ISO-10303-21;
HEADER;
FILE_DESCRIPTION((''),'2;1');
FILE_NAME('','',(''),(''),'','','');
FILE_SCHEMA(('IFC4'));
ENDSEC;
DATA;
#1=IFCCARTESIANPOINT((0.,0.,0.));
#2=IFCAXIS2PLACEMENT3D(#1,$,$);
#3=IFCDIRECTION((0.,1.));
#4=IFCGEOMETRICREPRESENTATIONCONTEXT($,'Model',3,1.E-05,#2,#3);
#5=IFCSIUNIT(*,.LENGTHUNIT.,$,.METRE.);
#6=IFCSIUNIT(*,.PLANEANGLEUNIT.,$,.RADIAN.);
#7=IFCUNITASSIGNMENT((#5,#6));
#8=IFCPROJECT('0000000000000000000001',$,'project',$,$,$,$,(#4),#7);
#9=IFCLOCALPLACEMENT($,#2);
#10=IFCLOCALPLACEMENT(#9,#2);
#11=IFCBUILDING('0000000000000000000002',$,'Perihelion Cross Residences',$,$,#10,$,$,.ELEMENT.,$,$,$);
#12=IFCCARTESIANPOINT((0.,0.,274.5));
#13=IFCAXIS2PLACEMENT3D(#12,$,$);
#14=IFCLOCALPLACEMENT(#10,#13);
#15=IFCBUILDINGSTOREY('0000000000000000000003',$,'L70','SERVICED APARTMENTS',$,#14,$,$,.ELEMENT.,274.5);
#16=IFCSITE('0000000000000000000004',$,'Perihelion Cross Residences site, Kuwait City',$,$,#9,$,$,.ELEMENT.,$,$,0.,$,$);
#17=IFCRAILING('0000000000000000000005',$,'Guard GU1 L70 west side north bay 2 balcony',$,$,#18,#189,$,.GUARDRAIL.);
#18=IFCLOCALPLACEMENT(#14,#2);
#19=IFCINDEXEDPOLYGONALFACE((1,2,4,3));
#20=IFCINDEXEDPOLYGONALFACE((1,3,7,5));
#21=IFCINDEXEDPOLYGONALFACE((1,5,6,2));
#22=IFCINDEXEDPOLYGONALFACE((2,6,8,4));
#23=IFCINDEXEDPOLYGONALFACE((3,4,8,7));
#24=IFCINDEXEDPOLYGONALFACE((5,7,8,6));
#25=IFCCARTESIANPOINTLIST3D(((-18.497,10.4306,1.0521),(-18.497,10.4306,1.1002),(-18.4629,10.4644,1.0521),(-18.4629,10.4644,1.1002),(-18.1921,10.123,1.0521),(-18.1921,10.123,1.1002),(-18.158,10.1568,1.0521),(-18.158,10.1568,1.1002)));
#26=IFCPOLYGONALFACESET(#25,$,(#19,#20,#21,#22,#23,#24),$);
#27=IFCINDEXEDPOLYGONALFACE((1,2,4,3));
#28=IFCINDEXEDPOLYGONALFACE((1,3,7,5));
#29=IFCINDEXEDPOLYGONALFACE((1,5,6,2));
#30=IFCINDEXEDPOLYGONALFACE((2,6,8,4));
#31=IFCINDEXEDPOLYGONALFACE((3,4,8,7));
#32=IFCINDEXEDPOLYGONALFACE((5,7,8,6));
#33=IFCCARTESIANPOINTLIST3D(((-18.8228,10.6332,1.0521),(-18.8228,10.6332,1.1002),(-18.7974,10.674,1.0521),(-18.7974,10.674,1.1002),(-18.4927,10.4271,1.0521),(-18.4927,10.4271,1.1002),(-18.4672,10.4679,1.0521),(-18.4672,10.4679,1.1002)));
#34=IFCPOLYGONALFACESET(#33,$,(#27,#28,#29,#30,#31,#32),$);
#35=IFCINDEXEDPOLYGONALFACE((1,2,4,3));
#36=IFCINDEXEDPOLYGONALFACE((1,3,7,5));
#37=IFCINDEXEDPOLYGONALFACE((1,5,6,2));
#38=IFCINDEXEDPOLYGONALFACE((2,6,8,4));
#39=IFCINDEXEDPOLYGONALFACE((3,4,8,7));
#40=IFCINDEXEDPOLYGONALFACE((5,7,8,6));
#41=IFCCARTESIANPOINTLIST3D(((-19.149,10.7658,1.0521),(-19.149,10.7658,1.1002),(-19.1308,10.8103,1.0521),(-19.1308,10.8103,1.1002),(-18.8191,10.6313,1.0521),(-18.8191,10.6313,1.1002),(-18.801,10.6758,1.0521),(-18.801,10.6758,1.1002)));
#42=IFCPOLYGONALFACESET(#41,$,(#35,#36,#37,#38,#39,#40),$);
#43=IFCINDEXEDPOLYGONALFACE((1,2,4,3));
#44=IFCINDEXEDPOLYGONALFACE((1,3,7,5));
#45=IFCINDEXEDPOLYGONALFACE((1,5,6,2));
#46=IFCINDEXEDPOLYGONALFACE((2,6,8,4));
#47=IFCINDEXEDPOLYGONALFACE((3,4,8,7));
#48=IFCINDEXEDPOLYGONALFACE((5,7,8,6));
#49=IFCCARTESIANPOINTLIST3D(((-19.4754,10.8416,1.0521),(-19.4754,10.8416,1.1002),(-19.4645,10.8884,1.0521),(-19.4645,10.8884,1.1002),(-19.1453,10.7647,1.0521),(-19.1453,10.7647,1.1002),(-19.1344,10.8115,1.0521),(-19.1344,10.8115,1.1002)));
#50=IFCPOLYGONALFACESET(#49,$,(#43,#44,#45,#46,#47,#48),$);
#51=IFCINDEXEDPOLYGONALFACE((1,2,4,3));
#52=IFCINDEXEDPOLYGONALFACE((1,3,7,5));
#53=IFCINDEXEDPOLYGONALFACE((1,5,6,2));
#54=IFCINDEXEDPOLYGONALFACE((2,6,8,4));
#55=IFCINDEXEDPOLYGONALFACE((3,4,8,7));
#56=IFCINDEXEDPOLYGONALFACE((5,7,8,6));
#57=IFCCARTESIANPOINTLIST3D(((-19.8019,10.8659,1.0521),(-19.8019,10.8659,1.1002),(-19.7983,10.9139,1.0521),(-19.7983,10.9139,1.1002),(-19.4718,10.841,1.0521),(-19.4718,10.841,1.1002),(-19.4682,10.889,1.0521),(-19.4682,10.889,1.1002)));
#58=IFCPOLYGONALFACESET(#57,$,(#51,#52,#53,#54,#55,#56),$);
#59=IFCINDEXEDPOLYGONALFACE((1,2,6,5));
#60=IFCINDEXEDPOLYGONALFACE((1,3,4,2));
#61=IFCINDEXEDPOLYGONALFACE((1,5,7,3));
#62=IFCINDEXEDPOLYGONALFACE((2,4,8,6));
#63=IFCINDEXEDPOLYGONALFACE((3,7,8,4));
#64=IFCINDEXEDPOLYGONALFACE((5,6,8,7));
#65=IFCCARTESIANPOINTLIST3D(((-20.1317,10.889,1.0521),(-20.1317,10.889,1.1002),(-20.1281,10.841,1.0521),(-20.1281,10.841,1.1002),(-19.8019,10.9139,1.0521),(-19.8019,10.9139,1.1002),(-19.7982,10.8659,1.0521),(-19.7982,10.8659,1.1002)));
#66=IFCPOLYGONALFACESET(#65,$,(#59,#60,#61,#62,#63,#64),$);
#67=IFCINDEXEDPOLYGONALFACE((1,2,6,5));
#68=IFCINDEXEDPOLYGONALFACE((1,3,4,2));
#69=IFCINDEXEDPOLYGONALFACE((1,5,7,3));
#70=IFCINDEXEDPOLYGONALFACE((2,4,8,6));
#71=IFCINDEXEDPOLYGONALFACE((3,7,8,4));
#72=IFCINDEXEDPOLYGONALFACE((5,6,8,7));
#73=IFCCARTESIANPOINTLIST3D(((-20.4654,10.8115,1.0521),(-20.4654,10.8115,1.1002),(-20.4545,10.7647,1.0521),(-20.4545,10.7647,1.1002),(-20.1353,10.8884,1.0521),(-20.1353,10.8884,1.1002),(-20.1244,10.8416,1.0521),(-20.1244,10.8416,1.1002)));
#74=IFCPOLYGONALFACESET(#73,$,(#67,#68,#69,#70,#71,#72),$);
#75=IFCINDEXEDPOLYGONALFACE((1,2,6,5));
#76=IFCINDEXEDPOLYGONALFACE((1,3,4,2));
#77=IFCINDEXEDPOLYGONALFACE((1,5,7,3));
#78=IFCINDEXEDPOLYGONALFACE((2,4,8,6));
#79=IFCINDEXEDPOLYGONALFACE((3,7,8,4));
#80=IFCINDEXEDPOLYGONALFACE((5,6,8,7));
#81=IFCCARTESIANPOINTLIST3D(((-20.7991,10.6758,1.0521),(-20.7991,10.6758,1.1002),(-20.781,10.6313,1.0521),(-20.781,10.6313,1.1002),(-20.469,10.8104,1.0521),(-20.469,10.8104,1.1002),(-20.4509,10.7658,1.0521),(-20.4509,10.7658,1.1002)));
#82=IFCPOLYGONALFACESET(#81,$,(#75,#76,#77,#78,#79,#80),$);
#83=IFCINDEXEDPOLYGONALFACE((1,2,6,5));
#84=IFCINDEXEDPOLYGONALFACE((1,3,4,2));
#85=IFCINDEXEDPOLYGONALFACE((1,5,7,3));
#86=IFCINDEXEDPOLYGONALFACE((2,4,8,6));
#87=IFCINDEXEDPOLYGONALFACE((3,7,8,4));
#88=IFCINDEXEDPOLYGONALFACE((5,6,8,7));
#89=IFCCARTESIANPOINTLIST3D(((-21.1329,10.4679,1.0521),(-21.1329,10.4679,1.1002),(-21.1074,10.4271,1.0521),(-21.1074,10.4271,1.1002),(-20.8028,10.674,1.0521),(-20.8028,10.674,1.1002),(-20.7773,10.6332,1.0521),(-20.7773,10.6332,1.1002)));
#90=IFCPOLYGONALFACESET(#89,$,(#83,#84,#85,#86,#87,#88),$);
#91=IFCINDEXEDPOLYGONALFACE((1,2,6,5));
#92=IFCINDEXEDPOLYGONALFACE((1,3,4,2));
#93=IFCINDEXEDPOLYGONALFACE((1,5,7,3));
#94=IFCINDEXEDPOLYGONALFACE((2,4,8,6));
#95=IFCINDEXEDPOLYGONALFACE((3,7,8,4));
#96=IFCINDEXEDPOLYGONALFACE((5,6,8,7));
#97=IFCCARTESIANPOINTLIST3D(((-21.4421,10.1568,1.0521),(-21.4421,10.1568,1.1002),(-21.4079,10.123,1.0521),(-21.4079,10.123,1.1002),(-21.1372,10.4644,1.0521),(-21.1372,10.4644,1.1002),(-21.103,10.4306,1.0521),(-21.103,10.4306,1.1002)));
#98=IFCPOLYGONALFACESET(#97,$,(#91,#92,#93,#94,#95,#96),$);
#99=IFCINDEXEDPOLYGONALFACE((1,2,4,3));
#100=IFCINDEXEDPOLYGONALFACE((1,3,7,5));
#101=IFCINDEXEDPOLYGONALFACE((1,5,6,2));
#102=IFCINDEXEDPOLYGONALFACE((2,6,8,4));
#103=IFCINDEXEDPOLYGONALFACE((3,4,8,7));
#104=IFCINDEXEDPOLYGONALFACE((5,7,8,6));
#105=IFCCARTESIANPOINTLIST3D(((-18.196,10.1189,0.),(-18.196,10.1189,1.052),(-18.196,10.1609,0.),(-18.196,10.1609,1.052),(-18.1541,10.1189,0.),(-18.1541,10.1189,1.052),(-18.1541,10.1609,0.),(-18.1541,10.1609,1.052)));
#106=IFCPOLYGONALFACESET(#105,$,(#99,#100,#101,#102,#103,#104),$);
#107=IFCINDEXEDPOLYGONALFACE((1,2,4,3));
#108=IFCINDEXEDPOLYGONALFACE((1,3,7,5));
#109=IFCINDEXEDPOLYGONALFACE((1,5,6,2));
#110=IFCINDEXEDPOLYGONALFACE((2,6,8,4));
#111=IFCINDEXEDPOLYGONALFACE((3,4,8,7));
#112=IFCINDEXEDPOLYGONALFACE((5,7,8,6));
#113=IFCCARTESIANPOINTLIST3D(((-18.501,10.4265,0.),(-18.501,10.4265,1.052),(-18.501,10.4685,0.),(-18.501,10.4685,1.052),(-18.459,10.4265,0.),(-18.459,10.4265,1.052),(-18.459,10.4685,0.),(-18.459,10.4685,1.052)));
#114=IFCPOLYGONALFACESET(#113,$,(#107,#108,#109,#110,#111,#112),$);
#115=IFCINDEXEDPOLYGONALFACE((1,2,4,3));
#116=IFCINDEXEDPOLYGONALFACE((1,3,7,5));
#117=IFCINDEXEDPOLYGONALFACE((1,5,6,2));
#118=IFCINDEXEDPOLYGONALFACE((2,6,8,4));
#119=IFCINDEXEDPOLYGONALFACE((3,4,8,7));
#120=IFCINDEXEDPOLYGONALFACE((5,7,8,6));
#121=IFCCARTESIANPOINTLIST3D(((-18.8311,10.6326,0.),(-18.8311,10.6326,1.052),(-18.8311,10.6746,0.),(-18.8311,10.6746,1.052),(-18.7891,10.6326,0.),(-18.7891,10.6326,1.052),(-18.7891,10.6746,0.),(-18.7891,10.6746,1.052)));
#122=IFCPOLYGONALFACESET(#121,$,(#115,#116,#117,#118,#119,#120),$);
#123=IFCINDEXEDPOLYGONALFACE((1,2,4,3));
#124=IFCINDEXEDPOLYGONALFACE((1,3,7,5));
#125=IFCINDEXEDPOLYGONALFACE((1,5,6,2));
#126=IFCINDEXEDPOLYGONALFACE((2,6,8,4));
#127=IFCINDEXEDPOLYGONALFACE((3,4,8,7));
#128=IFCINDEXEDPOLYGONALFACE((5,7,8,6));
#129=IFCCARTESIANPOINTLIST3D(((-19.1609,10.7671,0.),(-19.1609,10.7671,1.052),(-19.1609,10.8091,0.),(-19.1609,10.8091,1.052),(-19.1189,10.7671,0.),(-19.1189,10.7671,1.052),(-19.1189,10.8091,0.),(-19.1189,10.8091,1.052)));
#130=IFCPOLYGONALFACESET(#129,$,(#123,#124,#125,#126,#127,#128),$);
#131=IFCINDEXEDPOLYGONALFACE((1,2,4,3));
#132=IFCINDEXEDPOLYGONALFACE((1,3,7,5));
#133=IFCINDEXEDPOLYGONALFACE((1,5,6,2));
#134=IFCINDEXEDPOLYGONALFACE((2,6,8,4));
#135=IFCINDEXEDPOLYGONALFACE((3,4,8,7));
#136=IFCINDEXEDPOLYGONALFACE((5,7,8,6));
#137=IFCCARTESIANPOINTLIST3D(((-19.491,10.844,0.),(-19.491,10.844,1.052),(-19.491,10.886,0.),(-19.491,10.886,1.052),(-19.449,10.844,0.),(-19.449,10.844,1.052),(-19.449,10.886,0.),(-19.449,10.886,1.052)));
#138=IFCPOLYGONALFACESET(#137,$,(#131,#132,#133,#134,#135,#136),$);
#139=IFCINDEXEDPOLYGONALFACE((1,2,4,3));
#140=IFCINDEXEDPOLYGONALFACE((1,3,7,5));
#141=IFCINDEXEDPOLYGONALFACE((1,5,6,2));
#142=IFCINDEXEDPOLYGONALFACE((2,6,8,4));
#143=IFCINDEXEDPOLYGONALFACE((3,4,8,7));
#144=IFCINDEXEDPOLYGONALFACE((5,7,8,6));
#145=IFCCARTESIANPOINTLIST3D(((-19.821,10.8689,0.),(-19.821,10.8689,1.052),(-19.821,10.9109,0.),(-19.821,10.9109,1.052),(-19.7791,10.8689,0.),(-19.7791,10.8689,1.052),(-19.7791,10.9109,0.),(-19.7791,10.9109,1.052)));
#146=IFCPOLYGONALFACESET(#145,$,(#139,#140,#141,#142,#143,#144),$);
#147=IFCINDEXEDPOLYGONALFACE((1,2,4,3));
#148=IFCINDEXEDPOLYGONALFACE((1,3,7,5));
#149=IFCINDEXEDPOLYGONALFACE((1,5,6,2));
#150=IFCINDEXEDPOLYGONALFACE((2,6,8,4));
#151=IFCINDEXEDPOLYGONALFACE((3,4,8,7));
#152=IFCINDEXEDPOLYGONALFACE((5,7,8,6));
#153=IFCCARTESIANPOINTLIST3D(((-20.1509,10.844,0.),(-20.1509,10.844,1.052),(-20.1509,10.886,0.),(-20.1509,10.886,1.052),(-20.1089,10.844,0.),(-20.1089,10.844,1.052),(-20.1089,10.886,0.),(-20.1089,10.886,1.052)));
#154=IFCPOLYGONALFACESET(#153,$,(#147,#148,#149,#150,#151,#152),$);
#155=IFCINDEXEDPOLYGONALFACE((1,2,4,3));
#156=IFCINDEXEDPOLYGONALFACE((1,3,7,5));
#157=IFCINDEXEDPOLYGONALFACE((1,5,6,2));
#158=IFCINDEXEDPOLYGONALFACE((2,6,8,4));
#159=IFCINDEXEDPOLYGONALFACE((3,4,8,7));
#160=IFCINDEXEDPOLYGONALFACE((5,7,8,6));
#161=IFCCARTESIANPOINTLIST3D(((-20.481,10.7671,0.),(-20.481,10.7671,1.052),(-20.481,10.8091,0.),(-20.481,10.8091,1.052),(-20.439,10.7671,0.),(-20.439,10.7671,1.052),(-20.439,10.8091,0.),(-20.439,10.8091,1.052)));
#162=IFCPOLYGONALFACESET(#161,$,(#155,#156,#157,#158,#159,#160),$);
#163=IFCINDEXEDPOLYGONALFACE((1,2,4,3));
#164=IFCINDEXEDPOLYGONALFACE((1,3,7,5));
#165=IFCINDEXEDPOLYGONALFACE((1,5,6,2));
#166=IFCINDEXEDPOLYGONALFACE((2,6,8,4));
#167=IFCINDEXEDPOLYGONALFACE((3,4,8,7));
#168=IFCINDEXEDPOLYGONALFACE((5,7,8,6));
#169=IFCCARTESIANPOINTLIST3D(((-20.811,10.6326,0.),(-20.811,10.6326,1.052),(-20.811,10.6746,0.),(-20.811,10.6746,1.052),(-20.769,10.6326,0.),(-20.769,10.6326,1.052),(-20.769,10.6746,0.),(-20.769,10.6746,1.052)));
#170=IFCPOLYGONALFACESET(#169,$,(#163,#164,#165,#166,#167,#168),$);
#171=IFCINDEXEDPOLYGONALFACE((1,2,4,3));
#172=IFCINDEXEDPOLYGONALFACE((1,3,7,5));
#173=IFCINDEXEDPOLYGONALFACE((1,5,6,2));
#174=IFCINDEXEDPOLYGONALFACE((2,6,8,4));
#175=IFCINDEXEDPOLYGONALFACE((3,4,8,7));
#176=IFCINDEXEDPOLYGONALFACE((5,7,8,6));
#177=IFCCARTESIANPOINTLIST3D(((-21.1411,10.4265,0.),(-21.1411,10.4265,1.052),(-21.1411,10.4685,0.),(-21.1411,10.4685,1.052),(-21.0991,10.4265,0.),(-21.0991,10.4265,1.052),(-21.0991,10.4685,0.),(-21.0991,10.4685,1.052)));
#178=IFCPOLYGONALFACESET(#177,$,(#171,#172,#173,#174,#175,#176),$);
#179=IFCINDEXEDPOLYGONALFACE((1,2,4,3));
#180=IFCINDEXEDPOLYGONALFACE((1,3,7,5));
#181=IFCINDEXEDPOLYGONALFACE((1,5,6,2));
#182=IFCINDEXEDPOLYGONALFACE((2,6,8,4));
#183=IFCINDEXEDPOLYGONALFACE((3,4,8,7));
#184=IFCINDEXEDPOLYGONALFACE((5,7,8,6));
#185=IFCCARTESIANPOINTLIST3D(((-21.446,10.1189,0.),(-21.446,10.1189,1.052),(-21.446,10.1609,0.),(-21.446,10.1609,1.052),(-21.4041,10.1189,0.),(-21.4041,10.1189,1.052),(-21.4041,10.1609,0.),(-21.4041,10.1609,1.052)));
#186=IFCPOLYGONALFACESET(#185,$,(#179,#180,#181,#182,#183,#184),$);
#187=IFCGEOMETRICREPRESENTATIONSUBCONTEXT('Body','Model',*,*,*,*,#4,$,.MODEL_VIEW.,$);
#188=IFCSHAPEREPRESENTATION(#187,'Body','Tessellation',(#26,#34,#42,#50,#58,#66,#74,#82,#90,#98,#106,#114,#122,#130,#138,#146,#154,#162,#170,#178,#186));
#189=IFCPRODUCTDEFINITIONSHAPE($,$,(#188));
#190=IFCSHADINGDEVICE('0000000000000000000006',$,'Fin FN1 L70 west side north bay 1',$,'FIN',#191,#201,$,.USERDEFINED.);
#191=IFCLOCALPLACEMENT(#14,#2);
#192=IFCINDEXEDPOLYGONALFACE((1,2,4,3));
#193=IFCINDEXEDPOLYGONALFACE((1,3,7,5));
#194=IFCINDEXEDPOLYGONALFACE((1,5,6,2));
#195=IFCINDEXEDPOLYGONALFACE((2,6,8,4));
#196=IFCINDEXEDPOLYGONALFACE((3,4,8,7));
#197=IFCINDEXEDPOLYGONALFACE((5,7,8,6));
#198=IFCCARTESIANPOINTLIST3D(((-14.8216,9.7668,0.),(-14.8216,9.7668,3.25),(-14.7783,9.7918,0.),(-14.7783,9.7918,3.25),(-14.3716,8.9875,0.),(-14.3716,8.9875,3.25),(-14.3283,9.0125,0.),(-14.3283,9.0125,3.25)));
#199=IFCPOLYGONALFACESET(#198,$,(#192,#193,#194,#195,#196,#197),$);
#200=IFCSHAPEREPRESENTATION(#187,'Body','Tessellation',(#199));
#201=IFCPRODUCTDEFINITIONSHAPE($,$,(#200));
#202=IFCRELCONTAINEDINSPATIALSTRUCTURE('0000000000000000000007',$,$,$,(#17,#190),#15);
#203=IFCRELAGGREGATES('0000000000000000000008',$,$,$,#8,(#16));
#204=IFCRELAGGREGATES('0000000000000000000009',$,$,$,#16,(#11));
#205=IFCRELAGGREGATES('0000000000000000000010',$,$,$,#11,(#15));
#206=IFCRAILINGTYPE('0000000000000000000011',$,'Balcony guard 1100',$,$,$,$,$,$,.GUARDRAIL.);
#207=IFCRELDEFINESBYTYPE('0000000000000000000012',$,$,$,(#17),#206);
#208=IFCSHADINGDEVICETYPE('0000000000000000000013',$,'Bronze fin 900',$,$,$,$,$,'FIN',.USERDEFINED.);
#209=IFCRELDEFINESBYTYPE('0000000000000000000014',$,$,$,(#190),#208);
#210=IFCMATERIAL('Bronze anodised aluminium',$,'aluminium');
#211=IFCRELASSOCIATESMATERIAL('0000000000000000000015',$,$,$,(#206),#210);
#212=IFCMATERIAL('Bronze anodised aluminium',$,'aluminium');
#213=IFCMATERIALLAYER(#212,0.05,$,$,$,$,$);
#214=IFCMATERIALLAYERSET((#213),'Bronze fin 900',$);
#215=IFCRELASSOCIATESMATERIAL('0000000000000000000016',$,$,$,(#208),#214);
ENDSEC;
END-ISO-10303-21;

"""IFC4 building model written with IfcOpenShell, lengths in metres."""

from ifc_helpers import new_model, si_unit, direction, frame, origin, origin_2d, place, context, subcontext, project, spatial, rectangle, extrude, material, layer, layer_set, type_object, element, save


model = new_model("IFC4")

# Units and contexts
model_context = context("Model", 3, precision=1e-05, world=origin(), true_north=direction((0.0, 1.0)))
body_context = subcontext(model_context, "Body", "Model", "MODEL_VIEW")
ifc_project = project(units=[si_unit("LENGTHUNIT", "METRE"), si_unit("PLANEANGLEUNIT", "RADIAN")], contexts=[model_context])

# Site, building, storey
site_placement = place(None, origin())
site = spatial("IfcSite", under=ifc_project, at=site_placement, Name="Perihelion Cross Residences site, Kuwait City", CompositionType="ELEMENT", RefElevation=0.0)
building_placement = place(site_placement, origin())
building = spatial("IfcBuilding", under=site, at=building_placement, Name="Perihelion Cross Residences", CompositionType="ELEMENT")
storey_placement = place(building_placement, frame((0.0, 0.0, 274.5)))
storey = spatial("IfcBuildingStorey", under=building, at=storey_placement, Name="L70", Description="SERVICED APARTMENTS", CompositionType="ELEMENT", Elevation=274.5)

# Railing
ifc_material_1 = material(Name="Bronze anodised aluminium", Category="aluminium")
railing_type = type_object("IfcRailingType", Name="Balcony guard 1100", PredefinedType="GUARDRAIL", material=ifc_material_1)
railing_placement = place(storey_placement, frame((-18.175, 10.1399, 0.0)))
element("IfcRailing", 1, at=railing_placement, inside=storey, type_object=railing_type, Name="Guard GU1 L70 west side north bay 2 balcony", PredefinedType="GUARDRAIL", context=body_context, shape_type="SweptSolid", body=[
    extrude(rectangle(XDim=0.0481, YDim=0.0481, at=origin_2d()), frame((0.0, 0.0, 1.0762), z_axis=(-0.704, 0.7102, 0.0), x_axis=(-0.7102, -0.704, 0.0)), (0.0, 0.0, 1.0), 0.4331),
    extrude(rectangle(XDim=0.0481, YDim=0.0481, at=origin_2d()), frame((-0.3049, 0.3076, 1.0762), z_axis=(-0.84828, 0.529548, 0.0), x_axis=(-0.529548, -0.84828, 0.0)), (0.0, 0.0, 1.0), 0.3892),
    extrude(rectangle(XDim=0.0481, YDim=0.0481, at=origin_2d()), frame((-0.635, 0.5137, 1.0762), z_axis=(-0.92595, 0.377645, 0.0), x_axis=(-0.377645, -0.92595, 0.0)), (0.0, 0.0, 1.0), 0.3562),
    extrude(rectangle(XDim=0.0481, YDim=0.0481, at=origin_2d()), frame((-0.9648, 0.6482, 1.0762), z_axis=(-0.973916, 0.226911, 0.0), x_axis=(-0.226911, -0.973916, 0.0)), (0.0, 0.0, 1.0), 0.3389),
    extrude(rectangle(XDim=0.0481, YDim=0.0481, at=origin_2d()), frame((-1.2949, 0.7251, 1.0762), z_axis=(-0.997166, 0.07523, 0.0), x_axis=(-0.07523, -0.997166, 0.0)), (0.0, 0.0, 1.0), 0.3311),
    extrude(rectangle(XDim=0.0481, YDim=0.0481, at=origin_2d()), frame((-1.625, 0.75, 1.0762), z_axis=(-0.997162, -0.075285, 0.0), x_axis=(0.075285, -0.997162, 0.0)), (0.0, 0.0, 1.0), 0.3308),
    extrude(rectangle(XDim=0.0481, YDim=0.0481, at=origin_2d()), frame((-1.9548, 0.7251, 1.0762), z_axis=(-0.973916, -0.226911, 0.0), x_axis=(0.226911, -0.973916, 0.0)), (0.0, 0.0, 1.0), 0.3389),
    extrude(rectangle(XDim=0.0481, YDim=0.0481, at=origin_2d()), frame((-2.2849, 0.6482, 1.0762), z_axis=(-0.926048, -0.377406, 0.0), x_axis=(0.377406, -0.926048, 0.0)), (0.0, 0.0, 1.0), 0.3564),
    extrude(rectangle(XDim=0.0481, YDim=0.0481, at=origin_2d()), frame((-2.615, 0.5137, 1.0762), z_axis=(-0.84828, -0.529548, 0.0), x_axis=(0.529548, -0.84828, 0.0)), (0.0, 0.0, 1.0), 0.3892),
    extrude(rectangle(XDim=0.0481, YDim=0.0481, at=origin_2d()), frame((-2.9451, 0.3076, 1.0762), z_axis=(-0.704, -0.7102, 0.0), x_axis=(0.7102, -0.704, 0.0)), (0.0, 0.0, 1.0), 0.4331),
    extrude(rectangle(XDim=0.042, YDim=0.042, at=origin_2d()), origin(), (0.0, 0.0, 1.0), 1.052),
    extrude(rectangle(XDim=0.042, YDim=0.042, at=origin_2d()), frame((-0.3049, 0.3076, 0.0)), (0.0, 0.0, 1.0), 1.052),
    extrude(rectangle(XDim=0.042, YDim=0.042, at=origin_2d()), frame((-0.635, 0.5137, 0.0)), (0.0, 0.0, 1.0), 1.052),
    extrude(rectangle(XDim=0.042, YDim=0.042, at=origin_2d()), frame((-0.9648, 0.6482, 0.0)), (0.0, 0.0, 1.0), 1.052),
    extrude(rectangle(XDim=0.042, YDim=0.042, at=origin_2d()), frame((-1.2949, 0.7251, 0.0)), (0.0, 0.0, 1.0), 1.052),
    extrude(rectangle(XDim=0.042, YDim=0.042, at=origin_2d()), frame((-1.625, 0.75, 0.0)), (0.0, 0.0, 1.0), 1.052),
    extrude(rectangle(XDim=0.042, YDim=0.042, at=origin_2d()), frame((-1.9548, 0.7251, 0.0)), (0.0, 0.0, 1.0), 1.052),
    extrude(rectangle(XDim=0.042, YDim=0.042, at=origin_2d()), frame((-2.2849, 0.6482, 0.0)), (0.0, 0.0, 1.0), 1.052),
    extrude(rectangle(XDim=0.042, YDim=0.042, at=origin_2d()), frame((-2.615, 0.5137, 0.0)), (0.0, 0.0, 1.0), 1.052),
    extrude(rectangle(XDim=0.042, YDim=0.042, at=origin_2d()), frame((-2.9451, 0.3076, 0.0)), (0.0, 0.0, 1.0), 1.052),
    extrude(rectangle(XDim=0.042, YDim=0.042, at=origin_2d()), frame((-3.25, 0.0, 0.0)), (0.0, 0.0, 1.0), 1.052),
])

# Shading device
ifc_material_2 = material(Name="Bronze anodised aluminium", Category="aluminium")
ifc_layer_1 = layer(ifc_material_2, 0.05)
ifc_layer_set_1 = layer_set([ifc_layer_1], Name="Bronze fin 900")
shading_device_type = type_object("IfcShadingDeviceType", Name="Bronze fin 900", ElementType="FIN", PredefinedType="USERDEFINED", material=ifc_layer_set_1)
shading_device_placement = place(storey_placement, frame((-14.575, 9.3896, 0.0), z_axis=(0.0, 0.0, 1.0), x_axis=(-0.5, 0.866025, 0.0)))
element("IfcShadingDevice", 2, at=shading_device_placement, inside=storey, type_object=shading_device_type, Name="Fin FN1 L70 west side north bay 1", ObjectType="FIN", PredefinedType="USERDEFINED", context=body_context, shape_type="SweptSolid", body=[
    extrude(rectangle(XDim=0.8999, YDim=0.05, at=origin_2d()), origin(), (0.0, 0.0, 1.0), 3.25),
])

save(model, "model.ifc")
